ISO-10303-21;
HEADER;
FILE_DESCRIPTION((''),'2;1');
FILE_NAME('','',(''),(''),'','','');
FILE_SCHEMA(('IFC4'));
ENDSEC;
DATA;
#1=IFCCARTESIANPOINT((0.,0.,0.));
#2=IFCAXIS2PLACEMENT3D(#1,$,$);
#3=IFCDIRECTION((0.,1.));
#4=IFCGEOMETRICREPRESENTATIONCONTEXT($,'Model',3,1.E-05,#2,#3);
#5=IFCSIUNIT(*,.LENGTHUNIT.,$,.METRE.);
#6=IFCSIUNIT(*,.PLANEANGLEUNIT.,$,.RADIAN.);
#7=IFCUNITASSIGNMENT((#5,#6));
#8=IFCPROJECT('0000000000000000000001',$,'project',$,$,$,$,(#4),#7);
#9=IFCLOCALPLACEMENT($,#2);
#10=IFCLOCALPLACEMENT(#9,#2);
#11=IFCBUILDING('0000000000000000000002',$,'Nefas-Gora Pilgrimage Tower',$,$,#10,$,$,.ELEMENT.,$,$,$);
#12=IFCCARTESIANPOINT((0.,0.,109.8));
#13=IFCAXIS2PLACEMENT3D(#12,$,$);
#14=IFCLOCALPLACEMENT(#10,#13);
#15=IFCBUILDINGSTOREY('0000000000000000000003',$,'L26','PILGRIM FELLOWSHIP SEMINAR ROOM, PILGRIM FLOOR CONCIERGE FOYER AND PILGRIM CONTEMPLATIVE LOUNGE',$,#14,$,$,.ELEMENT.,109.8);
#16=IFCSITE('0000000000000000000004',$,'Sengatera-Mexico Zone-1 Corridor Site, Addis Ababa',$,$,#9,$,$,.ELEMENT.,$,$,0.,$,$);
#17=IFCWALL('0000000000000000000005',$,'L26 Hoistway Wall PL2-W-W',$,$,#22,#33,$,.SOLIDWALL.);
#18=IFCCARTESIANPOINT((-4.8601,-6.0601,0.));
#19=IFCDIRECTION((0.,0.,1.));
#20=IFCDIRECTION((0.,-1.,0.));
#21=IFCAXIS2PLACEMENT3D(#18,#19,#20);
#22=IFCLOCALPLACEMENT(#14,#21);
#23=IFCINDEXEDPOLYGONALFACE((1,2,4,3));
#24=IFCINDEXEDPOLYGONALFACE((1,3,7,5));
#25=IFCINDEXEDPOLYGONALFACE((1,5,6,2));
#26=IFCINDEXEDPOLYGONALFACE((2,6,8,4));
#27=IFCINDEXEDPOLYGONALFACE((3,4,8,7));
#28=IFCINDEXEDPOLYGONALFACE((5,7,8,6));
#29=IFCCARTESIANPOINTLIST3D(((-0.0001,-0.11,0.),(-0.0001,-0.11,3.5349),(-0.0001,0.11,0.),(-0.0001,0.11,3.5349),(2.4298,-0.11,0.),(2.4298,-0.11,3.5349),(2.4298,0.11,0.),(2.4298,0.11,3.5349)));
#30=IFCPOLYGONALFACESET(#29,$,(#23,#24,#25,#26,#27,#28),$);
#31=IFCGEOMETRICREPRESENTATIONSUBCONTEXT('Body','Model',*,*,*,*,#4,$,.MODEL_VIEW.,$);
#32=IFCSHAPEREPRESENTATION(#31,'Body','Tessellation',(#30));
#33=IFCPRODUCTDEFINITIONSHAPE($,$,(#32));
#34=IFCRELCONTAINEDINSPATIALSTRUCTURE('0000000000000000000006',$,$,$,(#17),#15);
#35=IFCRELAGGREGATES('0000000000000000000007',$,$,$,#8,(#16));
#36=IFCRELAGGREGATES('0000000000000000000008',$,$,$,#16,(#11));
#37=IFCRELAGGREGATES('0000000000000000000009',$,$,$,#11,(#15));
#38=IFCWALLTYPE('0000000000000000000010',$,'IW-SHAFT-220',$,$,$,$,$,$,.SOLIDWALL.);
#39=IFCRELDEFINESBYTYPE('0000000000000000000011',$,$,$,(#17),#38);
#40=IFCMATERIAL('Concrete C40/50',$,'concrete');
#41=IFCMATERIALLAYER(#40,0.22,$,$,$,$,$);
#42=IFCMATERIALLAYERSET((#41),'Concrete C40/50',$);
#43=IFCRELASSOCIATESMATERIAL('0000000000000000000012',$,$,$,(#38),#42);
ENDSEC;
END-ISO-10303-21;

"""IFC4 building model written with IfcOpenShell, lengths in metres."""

from ifc_helpers import new_model, si_unit, direction, frame, frame_2d, origin, place, context, subcontext, project, spatial, rectangle, extrude, source, transform, mapped, material, layer, layer_set, type_object, element, save


model = new_model("IFC4")

# Units and contexts
model_context = context("Model", 3, precision=1e-05, world=origin(), true_north=direction((0.0, 1.0)))
body_context = subcontext(model_context, "Body", "Model", "MODEL_VIEW")
ifc_project = project(units=[si_unit("LENGTHUNIT", "METRE"), si_unit("PLANEANGLEUNIT", "RADIAN")], contexts=[model_context])

# Site, building, storey
site_placement = place(None, origin())
site = spatial("IfcSite", under=ifc_project, at=site_placement, Name="Sengatera-Mexico Zone-1 Corridor Site, Addis Ababa", CompositionType="ELEMENT", RefElevation=0.0)
building_placement = place(site_placement, origin())
building = spatial("IfcBuilding", under=site, at=building_placement, Name="Nefas-Gora Pilgrimage Tower", CompositionType="ELEMENT")
storey_placement = place(building_placement, frame((0.0, 0.0, 109.8)))
storey = spatial("IfcBuildingStorey", under=building, at=storey_placement, Name="L26", Description="PILGRIM FELLOWSHIP SEMINAR ROOM, PILGRIM FLOOR CONCIERGE FOYER AND PILGRIM CONTEMPLATIVE LOUNGE", CompositionType="ELEMENT", Elevation=109.8)

# Wall
ifc_material_1 = material(Name="Concrete C40/50", Category="concrete")
ifc_layer_1 = layer(ifc_material_1, 0.22)
ifc_layer_set_1 = layer_set([ifc_layer_1], Name="Concrete C40/50")
wall_type_1 = type_object("IfcWallType", Name="IW-SHAFT-220", PredefinedType="SOLIDWALL", material=ifc_layer_set_1)
shared_shape_1 = source(origin(), body_context, "Body", "SweptSolid", [
    extrude(rectangle(XDim=2.4299, YDim=0.22, at=frame_2d((1.2148, 0.0))), origin(), (0.0, 0.0, 1.0), 3.5349),
])
for number, where, z_axis, x_axis, name in (
    (1, (-4.8601, -6.0601, 0.0), (0.0, 0.0, 1.0), (0.0, -1.0, 0.0), "L26 Hoistway Wall PL2-W-W"),
):
    element("IfcWall", number, at=place(storey_placement, frame(where, z_axis=z_axis, x_axis=x_axis)), inside=storey, type_object=wall_type_1, Name=name, PredefinedType="SOLIDWALL", context=body_context, shape_type="MappedRepresentation", body=[
        mapped(shared_shape_1, transform((0.0, 0.0, 0.0), x_axis=(1.0, 0.0, 0.0), y_axis=(0.0, 1.0, 0.0), z_axis=(0.0, 0.0, 1.0), scale=1.0)),
    ])

save(model, "model.ifc")
